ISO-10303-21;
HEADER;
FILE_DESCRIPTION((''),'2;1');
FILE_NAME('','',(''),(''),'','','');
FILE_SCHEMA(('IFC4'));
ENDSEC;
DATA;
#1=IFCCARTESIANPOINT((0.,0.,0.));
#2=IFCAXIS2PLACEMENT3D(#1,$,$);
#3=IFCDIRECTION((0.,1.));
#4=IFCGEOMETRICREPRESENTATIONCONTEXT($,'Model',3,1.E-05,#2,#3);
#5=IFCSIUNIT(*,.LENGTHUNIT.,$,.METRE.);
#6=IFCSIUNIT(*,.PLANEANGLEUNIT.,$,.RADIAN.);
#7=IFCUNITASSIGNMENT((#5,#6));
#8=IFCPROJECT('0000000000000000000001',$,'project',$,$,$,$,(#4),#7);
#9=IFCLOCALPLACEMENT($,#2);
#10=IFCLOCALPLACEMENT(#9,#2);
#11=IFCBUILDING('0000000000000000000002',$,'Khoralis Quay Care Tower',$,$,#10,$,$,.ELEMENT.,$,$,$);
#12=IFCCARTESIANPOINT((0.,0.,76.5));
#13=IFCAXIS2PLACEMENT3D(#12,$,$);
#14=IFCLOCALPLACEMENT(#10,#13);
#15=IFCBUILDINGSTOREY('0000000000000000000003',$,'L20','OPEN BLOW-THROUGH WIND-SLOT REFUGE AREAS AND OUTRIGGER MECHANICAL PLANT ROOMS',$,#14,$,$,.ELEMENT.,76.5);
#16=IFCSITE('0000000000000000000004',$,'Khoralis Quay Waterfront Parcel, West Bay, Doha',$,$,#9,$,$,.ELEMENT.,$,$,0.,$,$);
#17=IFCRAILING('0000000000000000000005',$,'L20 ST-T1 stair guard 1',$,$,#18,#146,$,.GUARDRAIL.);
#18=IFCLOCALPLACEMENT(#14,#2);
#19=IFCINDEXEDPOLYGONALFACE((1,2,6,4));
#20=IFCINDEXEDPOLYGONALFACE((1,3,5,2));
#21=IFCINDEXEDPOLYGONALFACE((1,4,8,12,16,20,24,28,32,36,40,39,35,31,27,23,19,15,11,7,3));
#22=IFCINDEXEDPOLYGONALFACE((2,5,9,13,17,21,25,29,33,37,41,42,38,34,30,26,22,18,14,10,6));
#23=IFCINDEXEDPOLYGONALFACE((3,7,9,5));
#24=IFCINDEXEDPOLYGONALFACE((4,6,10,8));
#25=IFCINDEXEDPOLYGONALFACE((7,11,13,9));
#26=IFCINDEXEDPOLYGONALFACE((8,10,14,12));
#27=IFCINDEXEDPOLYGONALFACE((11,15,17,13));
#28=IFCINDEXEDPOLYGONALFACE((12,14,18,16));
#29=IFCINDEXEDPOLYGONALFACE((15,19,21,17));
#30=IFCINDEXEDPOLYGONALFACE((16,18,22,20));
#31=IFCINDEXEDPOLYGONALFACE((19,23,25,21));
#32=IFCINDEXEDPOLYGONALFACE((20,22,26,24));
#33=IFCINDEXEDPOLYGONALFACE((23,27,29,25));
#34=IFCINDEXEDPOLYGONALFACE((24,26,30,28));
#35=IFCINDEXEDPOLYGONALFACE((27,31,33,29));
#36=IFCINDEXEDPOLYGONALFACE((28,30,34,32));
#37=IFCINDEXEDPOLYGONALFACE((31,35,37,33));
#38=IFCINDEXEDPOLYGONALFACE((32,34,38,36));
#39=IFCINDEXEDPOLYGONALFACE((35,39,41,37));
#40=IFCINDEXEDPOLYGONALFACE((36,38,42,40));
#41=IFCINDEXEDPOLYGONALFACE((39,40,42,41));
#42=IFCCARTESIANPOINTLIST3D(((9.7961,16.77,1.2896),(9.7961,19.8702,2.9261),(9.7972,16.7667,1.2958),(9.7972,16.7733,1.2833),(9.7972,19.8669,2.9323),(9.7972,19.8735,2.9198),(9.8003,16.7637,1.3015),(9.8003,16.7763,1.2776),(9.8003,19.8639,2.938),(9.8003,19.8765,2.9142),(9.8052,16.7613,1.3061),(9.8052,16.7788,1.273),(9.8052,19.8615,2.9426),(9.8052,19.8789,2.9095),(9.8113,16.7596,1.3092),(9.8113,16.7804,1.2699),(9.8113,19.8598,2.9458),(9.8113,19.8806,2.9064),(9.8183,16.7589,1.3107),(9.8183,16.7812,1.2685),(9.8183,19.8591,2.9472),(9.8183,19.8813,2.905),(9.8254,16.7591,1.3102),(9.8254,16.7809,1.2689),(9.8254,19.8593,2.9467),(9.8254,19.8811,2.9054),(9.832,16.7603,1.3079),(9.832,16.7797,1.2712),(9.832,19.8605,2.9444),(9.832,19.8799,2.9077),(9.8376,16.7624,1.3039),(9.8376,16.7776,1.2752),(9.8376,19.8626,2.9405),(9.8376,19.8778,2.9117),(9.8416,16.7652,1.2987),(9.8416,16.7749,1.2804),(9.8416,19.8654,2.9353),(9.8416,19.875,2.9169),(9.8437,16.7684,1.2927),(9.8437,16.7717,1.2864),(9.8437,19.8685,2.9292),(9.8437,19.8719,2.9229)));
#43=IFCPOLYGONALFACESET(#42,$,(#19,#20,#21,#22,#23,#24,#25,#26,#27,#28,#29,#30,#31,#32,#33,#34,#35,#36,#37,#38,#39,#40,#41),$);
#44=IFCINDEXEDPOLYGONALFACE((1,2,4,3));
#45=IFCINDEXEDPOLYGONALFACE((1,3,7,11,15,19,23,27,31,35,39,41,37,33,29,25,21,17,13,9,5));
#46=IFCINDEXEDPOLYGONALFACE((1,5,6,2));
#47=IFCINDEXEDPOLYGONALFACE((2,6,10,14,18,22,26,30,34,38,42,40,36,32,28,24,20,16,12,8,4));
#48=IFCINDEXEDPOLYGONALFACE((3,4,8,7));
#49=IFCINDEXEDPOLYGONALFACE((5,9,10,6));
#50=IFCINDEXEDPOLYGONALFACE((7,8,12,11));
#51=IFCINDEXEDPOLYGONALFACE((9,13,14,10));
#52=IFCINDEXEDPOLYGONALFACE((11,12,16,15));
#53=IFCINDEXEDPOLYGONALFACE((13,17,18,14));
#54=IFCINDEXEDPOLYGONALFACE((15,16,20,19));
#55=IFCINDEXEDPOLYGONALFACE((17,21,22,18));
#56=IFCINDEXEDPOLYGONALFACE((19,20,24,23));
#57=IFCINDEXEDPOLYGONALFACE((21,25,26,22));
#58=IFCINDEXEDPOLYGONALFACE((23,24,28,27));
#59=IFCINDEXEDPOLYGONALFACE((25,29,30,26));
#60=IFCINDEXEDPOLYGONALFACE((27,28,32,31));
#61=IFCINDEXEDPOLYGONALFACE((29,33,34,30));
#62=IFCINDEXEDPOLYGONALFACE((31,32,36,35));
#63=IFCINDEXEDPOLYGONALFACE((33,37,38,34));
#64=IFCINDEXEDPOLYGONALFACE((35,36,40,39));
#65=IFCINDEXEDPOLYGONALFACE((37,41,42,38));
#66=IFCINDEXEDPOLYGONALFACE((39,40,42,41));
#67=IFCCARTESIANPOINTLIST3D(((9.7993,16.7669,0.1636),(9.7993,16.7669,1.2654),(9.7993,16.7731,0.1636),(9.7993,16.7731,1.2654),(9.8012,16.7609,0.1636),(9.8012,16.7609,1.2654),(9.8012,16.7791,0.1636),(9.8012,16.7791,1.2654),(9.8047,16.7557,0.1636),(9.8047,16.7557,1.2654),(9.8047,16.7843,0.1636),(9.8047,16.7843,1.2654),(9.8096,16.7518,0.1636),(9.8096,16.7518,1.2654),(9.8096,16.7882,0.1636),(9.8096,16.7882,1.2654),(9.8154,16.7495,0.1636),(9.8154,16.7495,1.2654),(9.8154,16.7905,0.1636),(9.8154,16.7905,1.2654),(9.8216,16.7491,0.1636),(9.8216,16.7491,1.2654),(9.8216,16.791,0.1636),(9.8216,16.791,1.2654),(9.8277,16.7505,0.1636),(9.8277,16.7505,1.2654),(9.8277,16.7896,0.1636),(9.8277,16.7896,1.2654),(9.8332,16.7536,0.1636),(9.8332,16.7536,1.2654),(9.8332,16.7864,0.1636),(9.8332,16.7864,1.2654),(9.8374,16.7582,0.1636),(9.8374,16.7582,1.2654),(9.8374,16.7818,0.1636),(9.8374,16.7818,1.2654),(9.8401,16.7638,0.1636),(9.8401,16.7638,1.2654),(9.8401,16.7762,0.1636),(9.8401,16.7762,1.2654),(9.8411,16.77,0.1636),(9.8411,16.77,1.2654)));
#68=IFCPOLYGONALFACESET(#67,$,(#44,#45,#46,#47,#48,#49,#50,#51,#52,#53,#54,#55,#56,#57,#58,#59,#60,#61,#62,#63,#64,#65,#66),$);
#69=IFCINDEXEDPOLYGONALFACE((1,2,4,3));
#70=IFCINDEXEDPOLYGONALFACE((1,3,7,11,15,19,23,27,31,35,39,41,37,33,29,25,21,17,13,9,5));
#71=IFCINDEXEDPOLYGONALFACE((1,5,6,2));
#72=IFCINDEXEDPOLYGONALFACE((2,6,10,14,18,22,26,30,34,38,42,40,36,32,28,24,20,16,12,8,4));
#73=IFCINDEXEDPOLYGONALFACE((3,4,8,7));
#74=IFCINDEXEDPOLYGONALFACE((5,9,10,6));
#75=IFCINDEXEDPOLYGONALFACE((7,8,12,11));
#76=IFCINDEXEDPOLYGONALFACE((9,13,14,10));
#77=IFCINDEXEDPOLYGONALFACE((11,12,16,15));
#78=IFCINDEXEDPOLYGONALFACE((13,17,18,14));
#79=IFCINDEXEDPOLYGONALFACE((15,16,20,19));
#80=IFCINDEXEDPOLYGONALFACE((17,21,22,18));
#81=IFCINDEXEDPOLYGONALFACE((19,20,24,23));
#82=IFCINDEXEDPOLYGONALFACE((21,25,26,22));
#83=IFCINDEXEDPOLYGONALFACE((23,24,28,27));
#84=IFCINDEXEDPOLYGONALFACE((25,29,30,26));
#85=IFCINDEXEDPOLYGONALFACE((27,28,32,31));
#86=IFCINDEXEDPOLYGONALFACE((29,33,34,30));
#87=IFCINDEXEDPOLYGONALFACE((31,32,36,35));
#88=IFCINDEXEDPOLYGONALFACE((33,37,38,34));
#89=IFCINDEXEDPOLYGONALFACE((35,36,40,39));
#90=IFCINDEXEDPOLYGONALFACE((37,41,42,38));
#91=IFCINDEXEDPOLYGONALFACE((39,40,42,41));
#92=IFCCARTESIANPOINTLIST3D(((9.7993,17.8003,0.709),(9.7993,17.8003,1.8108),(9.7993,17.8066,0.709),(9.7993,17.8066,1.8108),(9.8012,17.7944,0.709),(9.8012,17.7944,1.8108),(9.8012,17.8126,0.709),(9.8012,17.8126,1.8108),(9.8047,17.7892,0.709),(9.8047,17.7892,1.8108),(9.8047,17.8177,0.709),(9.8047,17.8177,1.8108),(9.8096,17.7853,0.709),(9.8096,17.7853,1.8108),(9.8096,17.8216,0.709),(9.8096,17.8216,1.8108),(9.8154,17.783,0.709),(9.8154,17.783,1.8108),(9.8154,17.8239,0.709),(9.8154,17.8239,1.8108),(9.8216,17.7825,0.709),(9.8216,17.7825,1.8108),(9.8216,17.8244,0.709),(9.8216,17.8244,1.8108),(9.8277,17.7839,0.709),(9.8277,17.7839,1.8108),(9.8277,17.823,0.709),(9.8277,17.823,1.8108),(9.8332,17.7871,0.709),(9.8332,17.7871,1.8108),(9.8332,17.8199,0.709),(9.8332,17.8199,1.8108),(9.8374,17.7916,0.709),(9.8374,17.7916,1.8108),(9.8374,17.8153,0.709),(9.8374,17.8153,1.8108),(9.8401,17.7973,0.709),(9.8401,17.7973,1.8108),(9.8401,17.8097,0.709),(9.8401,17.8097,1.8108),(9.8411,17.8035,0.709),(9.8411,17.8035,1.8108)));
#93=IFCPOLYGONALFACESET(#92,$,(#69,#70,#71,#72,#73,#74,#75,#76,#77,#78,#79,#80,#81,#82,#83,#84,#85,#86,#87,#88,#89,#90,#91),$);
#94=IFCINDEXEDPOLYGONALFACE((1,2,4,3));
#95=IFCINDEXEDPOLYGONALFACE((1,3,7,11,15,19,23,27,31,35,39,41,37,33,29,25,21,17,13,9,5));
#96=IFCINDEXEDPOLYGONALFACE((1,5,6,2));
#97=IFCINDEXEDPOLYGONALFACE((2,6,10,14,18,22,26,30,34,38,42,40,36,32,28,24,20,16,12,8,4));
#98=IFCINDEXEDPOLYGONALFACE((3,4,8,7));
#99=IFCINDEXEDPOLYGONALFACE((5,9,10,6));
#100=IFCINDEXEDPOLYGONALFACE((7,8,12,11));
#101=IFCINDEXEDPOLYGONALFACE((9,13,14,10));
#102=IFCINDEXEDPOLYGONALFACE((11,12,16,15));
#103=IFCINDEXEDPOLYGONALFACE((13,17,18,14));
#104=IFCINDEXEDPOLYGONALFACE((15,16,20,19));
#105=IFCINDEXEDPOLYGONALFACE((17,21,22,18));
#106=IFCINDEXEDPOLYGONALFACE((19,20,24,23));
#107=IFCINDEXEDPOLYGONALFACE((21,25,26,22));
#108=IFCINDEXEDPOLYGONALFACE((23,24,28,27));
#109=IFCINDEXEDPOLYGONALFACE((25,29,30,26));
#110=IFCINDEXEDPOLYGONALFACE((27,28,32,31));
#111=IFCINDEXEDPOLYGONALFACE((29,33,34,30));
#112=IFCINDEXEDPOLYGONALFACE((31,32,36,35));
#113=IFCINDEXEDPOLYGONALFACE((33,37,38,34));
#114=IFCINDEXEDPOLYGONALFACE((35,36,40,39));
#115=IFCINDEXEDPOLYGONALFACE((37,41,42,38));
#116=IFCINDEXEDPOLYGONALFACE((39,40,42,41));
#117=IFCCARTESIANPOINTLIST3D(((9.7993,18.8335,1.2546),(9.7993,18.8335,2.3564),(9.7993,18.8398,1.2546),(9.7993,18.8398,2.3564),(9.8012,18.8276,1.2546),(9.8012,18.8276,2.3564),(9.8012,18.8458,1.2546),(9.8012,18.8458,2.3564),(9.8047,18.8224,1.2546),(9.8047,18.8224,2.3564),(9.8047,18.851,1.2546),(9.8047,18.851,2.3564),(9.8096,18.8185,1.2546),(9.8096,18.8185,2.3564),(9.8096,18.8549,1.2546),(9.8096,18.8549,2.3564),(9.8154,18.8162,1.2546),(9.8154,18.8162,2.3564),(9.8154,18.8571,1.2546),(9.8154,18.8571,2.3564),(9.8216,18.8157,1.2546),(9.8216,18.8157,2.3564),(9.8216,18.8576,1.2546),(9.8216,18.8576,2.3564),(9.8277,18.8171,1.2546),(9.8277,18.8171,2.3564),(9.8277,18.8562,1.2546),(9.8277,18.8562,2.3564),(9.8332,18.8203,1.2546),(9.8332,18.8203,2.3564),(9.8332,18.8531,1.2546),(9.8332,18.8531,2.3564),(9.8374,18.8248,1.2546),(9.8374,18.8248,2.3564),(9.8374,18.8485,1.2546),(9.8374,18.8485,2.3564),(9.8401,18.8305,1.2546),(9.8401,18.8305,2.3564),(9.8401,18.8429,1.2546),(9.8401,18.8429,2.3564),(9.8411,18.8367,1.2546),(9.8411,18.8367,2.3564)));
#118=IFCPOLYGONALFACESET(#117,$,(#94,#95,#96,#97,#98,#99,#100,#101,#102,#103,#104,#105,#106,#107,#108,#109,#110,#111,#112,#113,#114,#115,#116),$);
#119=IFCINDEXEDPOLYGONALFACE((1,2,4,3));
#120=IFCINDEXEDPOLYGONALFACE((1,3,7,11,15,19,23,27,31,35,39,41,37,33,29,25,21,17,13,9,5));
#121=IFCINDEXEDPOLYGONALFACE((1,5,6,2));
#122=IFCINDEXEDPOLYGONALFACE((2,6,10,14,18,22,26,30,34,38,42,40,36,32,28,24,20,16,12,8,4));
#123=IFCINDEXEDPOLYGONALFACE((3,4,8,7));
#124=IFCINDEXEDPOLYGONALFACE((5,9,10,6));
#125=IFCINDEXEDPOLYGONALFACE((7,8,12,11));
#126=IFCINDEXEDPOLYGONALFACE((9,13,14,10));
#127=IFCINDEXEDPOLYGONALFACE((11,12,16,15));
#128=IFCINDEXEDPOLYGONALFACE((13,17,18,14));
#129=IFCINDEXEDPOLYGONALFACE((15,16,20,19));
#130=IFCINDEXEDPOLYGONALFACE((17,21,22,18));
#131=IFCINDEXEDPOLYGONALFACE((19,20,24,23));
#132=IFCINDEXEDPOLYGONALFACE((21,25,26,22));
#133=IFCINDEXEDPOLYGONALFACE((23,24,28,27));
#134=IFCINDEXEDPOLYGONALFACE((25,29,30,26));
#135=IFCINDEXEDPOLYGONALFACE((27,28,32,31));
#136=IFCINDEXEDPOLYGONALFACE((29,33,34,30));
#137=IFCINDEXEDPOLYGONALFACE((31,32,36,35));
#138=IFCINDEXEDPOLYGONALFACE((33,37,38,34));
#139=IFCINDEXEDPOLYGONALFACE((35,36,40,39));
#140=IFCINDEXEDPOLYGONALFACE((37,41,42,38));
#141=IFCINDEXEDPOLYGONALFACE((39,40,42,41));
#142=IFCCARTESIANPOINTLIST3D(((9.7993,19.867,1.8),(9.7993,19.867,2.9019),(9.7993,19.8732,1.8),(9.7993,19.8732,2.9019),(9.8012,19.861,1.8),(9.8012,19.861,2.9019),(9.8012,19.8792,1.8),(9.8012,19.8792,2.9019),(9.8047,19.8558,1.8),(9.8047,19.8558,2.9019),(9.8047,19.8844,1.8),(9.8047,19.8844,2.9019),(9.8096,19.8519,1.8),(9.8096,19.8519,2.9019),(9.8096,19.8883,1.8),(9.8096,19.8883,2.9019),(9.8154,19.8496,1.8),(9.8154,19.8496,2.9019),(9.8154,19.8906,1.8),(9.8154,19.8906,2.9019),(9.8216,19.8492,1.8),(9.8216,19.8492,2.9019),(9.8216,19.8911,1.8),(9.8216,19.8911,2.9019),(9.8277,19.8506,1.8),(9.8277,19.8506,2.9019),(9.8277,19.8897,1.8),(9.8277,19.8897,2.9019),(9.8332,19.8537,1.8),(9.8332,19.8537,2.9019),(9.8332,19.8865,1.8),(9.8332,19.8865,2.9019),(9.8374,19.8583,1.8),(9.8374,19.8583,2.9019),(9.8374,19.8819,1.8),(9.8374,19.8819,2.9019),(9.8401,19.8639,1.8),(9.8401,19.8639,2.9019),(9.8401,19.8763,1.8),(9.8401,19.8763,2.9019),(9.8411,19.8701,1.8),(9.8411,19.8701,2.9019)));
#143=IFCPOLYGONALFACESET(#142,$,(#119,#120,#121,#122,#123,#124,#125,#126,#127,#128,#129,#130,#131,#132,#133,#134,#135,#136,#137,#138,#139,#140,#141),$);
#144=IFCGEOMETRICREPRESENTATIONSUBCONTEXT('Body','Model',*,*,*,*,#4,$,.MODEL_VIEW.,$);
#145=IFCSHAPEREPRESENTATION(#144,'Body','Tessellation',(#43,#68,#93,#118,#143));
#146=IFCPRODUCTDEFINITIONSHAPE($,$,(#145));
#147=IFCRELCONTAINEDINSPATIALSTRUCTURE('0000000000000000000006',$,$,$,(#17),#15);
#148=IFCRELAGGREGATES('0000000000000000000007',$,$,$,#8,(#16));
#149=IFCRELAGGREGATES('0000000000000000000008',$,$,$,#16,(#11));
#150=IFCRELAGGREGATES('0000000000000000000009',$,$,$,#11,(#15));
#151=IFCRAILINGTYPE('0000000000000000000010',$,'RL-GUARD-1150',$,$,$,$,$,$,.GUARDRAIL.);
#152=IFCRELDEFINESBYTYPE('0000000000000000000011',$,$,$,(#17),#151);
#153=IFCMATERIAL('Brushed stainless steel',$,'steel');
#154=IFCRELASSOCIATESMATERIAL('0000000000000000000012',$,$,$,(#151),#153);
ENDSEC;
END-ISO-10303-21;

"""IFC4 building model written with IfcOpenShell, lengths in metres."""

from ifc_helpers import new_model, si_unit, direction, frame, origin, origin_2d, place, context, subcontext, project, spatial, circle, extrude, material, type_object, element, save


model = new_model("IFC4")

# Units and contexts
model_context = context("Model", 3, precision=1e-05, world=origin(), true_north=direction((0.0, 1.0)))
body_context = subcontext(model_context, "Body", "Model", "MODEL_VIEW")
ifc_project = project(units=[si_unit("LENGTHUNIT", "METRE"), si_unit("PLANEANGLEUNIT", "RADIAN")], contexts=[model_context])

# Site, building, storey
site_placement = place(None, origin())
site = spatial("IfcSite", under=ifc_project, at=site_placement, Name="Khoralis Quay Waterfront Parcel, West Bay, Doha", CompositionType="ELEMENT", RefElevation=0.0)
building_placement = place(site_placement, origin())
building = spatial("IfcBuilding", under=site, at=building_placement, Name="Khoralis Quay Care Tower", CompositionType="ELEMENT")
storey_placement = place(building_placement, frame((0.0, 0.0, 76.5)))
storey = spatial("IfcBuildingStorey", under=building, at=storey_placement, Name="L20", Description="OPEN BLOW-THROUGH WIND-SLOT REFUGE AREAS AND OUTRIGGER MECHANICAL PLANT ROOMS", CompositionType="ELEMENT", Elevation=76.5)

# Shared definitions
ifc_material_1 = material(Name="Brushed stainless steel", Category="steel")

# Railing
railing_type = type_object("IfcRailingType", Name="RL-GUARD-1150", PredefinedType="GUARDRAIL", material=ifc_material_1)
railing_1_placement = place(storey_placement, frame((9.8201, 16.77, 0.1636)))
element("IfcRailing", 1, at=railing_1_placement, inside=storey, type_object=railing_type, Name="L20 ST-T1 stair guard 1", PredefinedType="GUARDRAIL", context=body_context, shape_type="SweptSolid", body=[
    extrude(circle(Radius=0.0239, at=origin_2d()), frame((0.0, 0.0, 1.126), z_axis=(0.0, 0.884348, 0.466828), x_axis=(-1.0, 0.0, 0.0)), (0.0, 0.0, 1.0), 3.5056),
    extrude(circle(Radius=0.021, at=origin_2d()), origin(), (0.0, 0.0, 1.0), 1.1018),
    extrude(circle(Radius=0.021, at=origin_2d()), frame((0.0, 1.0334, 0.5454)), (0.0, 0.0, 1.0), 1.1018),
    extrude(circle(Radius=0.021, at=origin_2d()), frame((0.0, 2.0667, 1.0911)), (0.0, 0.0, 1.0), 1.1018),
    extrude(circle(Radius=0.021, at=origin_2d()), frame((0.0, 3.1001, 1.6365)), (0.0, 0.0, 1.0), 1.1018),
])

save(model, "model.ifc")
